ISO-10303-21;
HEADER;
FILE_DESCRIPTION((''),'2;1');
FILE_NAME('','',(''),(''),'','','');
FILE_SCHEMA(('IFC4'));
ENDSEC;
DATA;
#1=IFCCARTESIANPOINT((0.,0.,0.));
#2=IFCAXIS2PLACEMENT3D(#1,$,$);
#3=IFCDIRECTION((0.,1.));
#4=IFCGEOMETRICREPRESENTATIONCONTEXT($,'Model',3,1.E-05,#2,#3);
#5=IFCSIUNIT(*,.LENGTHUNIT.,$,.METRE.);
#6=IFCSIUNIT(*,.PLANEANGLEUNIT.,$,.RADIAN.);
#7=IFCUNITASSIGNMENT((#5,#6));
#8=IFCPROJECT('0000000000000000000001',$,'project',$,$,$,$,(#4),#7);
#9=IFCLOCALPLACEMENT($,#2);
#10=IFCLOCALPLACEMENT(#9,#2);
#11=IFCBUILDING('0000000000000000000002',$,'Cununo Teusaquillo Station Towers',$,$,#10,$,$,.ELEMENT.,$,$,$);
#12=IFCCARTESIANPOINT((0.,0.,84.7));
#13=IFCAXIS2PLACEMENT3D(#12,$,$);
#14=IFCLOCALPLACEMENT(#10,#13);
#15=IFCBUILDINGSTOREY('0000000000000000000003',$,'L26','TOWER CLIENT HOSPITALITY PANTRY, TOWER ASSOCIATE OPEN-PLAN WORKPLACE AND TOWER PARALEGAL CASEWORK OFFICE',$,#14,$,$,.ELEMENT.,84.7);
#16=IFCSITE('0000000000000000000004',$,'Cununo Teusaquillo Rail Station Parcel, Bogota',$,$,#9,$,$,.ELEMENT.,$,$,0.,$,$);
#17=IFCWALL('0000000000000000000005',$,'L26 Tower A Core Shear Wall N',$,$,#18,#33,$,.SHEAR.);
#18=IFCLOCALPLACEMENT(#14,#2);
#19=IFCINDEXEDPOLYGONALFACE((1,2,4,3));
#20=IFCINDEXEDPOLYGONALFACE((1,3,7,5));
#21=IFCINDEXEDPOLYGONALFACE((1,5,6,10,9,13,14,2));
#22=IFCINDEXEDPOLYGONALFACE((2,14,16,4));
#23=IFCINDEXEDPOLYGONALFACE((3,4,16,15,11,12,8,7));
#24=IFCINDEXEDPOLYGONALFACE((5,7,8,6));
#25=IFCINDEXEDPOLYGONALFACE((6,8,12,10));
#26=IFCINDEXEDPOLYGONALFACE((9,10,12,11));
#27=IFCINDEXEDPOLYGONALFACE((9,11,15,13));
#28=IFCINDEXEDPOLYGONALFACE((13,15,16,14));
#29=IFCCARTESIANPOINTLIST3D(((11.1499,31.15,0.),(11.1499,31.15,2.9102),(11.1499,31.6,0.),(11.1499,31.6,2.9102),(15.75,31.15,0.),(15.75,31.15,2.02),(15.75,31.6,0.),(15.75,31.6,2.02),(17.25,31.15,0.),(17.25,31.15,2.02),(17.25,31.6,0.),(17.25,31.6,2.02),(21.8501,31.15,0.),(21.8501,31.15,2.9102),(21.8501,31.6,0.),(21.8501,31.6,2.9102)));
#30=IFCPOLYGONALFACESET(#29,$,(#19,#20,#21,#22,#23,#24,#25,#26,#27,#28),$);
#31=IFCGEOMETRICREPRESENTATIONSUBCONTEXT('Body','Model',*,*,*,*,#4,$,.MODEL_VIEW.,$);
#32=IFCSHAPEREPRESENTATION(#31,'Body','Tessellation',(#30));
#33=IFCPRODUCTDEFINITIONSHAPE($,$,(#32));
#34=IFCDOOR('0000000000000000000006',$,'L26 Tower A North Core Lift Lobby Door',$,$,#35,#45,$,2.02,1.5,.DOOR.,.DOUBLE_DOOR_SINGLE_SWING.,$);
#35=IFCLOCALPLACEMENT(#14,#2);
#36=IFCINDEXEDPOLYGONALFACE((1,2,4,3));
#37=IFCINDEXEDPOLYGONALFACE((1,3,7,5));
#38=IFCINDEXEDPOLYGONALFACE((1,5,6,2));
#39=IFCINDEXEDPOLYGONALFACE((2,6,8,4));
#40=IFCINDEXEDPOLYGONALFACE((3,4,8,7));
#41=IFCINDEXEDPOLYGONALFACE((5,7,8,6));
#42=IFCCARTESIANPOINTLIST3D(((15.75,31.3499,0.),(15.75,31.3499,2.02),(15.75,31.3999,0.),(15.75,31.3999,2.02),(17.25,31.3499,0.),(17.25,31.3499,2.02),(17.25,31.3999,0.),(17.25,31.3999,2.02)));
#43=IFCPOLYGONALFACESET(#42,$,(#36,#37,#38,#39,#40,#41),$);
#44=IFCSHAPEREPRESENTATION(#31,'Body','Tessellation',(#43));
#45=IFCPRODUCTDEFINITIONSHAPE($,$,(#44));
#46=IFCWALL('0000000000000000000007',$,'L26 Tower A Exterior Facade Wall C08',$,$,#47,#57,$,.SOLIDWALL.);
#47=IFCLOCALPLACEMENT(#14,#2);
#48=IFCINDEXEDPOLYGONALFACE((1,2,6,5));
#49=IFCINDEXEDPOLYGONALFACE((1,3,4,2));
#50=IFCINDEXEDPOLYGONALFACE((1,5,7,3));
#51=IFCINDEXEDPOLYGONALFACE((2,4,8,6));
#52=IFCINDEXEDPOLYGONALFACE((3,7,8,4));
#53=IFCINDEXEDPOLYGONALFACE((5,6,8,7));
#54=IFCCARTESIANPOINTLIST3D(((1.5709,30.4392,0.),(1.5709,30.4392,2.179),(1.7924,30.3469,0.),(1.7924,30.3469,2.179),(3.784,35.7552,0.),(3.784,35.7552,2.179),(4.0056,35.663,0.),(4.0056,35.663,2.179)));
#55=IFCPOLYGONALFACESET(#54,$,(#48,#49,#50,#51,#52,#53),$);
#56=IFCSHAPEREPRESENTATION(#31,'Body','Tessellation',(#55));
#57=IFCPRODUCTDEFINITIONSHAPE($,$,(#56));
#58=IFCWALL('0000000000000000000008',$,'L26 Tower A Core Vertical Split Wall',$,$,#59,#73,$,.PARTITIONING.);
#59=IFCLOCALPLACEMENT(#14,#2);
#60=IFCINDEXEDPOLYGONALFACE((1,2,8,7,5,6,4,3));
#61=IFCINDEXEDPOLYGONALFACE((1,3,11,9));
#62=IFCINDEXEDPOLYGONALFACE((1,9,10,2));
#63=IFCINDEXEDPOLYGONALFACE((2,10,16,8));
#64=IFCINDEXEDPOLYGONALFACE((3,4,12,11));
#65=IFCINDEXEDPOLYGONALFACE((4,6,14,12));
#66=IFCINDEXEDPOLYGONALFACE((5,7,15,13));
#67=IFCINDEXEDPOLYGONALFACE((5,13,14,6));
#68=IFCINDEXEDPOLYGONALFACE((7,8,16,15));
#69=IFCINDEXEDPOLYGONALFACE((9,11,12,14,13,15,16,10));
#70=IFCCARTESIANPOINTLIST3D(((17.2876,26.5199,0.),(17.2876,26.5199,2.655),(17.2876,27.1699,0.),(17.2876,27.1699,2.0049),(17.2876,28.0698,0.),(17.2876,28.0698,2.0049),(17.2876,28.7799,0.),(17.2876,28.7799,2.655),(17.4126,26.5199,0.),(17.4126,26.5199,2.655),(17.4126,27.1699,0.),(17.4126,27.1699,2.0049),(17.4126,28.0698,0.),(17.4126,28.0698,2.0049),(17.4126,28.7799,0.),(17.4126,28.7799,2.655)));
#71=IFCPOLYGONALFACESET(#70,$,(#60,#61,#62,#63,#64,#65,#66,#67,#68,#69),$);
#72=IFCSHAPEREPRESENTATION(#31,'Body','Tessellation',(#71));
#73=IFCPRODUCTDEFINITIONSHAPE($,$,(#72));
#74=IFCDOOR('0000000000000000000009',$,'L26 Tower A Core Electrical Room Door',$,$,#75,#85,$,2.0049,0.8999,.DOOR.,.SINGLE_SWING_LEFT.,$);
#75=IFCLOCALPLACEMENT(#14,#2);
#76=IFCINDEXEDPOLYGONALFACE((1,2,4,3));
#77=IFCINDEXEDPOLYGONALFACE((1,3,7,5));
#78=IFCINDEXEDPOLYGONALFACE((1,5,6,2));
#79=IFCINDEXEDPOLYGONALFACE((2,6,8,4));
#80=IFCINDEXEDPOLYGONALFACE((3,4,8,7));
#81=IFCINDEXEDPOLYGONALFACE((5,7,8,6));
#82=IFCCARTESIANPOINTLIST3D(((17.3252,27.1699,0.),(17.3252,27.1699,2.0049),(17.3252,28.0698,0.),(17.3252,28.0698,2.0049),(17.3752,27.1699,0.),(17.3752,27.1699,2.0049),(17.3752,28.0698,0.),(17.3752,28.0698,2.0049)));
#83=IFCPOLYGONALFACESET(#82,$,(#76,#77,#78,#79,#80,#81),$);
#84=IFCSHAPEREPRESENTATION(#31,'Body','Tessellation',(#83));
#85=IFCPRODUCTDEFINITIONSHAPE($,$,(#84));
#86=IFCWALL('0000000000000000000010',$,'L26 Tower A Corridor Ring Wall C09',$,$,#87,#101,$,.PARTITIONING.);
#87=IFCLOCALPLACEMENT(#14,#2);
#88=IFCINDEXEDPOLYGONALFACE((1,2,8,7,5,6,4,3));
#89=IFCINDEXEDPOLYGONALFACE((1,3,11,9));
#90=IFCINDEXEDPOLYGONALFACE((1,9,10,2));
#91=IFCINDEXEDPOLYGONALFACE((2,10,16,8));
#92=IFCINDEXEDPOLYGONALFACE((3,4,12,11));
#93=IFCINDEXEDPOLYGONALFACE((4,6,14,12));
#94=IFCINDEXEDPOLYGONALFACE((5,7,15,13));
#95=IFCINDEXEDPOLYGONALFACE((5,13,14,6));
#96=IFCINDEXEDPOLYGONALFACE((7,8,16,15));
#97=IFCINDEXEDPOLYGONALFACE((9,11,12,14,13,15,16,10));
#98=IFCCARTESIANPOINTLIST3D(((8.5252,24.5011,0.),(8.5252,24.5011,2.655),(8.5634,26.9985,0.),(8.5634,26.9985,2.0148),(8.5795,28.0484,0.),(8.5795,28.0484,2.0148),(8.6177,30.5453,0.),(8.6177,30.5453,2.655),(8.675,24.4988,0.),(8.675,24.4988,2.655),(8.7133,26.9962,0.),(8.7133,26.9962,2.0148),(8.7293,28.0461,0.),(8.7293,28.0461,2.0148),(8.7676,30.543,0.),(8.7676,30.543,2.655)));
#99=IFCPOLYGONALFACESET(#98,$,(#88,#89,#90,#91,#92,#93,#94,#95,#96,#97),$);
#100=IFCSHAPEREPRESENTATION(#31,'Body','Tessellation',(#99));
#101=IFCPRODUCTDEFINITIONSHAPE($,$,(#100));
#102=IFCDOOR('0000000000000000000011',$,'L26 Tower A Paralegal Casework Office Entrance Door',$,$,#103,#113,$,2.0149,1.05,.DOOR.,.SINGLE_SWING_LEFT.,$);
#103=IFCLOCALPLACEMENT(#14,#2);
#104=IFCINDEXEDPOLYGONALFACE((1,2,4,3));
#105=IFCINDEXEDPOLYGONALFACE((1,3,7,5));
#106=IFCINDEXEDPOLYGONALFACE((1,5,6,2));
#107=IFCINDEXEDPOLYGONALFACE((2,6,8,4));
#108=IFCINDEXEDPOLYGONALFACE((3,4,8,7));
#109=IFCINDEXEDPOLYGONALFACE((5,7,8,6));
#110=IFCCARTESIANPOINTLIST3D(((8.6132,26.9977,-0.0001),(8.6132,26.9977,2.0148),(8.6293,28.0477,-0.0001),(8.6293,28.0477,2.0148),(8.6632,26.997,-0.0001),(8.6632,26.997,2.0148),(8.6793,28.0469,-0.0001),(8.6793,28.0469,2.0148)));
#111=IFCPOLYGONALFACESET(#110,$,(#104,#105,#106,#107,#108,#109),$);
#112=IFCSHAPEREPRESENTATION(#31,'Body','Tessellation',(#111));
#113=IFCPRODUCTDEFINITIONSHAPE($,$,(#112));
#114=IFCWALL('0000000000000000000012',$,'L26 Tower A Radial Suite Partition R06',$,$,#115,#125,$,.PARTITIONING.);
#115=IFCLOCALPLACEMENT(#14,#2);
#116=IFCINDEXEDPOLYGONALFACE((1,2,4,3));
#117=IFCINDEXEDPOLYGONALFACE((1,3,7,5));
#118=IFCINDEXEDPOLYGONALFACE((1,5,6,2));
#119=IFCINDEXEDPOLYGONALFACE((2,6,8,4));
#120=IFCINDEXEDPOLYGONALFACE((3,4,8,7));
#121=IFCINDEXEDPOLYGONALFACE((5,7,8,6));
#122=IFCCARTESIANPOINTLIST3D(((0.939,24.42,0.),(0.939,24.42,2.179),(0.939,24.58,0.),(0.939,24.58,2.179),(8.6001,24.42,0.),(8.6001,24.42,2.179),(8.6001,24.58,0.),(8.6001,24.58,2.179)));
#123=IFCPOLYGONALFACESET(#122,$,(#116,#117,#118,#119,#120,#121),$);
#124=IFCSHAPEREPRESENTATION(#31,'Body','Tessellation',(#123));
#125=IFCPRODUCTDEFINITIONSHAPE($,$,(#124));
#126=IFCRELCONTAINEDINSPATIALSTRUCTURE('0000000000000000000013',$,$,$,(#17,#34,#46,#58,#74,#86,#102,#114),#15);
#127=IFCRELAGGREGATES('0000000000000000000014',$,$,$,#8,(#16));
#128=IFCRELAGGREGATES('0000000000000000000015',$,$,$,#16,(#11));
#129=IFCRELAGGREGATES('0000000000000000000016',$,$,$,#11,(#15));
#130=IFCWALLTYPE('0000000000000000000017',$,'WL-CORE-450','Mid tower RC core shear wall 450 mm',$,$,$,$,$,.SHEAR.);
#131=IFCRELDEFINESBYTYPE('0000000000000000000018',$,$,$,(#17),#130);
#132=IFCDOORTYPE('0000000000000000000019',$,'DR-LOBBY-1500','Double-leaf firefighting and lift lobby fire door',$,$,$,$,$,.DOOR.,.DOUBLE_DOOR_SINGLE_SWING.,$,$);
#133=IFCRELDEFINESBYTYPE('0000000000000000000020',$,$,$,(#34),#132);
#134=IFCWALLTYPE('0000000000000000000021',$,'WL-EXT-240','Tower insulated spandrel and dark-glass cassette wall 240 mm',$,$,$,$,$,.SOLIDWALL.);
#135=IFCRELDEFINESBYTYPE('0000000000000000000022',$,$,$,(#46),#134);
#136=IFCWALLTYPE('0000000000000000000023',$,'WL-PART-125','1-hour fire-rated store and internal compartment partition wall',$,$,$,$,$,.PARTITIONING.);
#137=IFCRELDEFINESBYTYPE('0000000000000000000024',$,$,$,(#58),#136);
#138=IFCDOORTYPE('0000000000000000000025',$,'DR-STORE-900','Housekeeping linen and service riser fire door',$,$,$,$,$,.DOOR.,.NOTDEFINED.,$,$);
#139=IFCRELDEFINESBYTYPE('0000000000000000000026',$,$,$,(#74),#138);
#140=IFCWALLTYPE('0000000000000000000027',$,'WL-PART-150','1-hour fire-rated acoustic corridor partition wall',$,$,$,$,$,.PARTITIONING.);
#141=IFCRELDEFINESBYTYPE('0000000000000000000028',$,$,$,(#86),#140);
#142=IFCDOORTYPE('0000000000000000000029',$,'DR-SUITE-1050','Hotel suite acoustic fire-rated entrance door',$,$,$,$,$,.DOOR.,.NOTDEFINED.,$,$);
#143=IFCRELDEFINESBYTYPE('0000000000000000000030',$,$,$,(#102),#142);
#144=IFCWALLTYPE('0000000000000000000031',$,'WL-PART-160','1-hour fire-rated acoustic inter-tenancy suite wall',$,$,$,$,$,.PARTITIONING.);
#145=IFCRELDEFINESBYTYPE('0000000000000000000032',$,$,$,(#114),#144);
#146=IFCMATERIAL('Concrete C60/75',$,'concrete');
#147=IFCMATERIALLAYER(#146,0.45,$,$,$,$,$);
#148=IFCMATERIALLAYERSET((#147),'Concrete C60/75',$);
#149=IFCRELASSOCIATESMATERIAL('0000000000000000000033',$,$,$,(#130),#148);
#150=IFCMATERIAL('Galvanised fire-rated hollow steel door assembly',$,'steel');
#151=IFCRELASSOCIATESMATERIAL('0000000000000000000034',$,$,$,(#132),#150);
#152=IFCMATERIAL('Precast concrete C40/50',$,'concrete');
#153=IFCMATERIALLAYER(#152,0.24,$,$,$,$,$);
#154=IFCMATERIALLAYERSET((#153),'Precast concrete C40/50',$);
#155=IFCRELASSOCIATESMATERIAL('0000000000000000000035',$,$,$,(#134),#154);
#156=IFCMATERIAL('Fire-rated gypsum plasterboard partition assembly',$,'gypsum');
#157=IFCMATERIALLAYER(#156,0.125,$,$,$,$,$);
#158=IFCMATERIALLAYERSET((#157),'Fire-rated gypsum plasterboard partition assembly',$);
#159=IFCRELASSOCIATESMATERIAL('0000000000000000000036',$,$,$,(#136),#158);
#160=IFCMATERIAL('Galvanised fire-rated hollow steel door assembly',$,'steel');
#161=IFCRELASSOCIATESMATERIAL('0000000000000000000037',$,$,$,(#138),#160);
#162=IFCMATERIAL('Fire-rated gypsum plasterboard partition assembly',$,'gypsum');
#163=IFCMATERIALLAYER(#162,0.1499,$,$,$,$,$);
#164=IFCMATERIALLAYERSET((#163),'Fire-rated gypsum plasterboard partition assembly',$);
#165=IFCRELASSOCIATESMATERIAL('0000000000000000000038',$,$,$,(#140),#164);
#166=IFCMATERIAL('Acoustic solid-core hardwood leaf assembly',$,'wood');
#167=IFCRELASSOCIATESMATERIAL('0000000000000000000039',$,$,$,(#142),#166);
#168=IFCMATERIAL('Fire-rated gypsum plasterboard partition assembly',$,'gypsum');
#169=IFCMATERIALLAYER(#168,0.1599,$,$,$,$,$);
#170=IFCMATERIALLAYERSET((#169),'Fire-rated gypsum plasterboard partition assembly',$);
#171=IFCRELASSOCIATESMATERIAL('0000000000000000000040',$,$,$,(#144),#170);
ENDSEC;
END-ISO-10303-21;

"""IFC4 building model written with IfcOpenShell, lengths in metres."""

from ifc_helpers import new_model, si_unit, direction, frame, frame_2d, origin, place, context, subcontext, project, spatial, rectangle, extrude, source, transform, mapped, material, layer, layer_set, type_object, element, fill, save


model = new_model("IFC4")

# Units and contexts
model_context = context("Model", 3, precision=1e-05, world=origin(), true_north=direction((0.0, 1.0)))
body_context = subcontext(model_context, "Body", "Model", "MODEL_VIEW")
ifc_project = project(units=[si_unit("LENGTHUNIT", "METRE"), si_unit("PLANEANGLEUNIT", "RADIAN")], contexts=[model_context])

# Site, building, storey
site_placement = place(None, origin())
site = spatial("IfcSite", under=ifc_project, at=site_placement, Name="Cununo Teusaquillo Rail Station Parcel, Bogota", CompositionType="ELEMENT", RefElevation=0.0)
building_placement = place(site_placement, origin())
building = spatial("IfcBuilding", under=site, at=building_placement, Name="Cununo Teusaquillo Station Towers", CompositionType="ELEMENT")
storey_placement = place(building_placement, frame((0.0, 0.0, 84.7)))
storey = spatial("IfcBuildingStorey", under=building, at=storey_placement, Name="L26", Description="TOWER CLIENT HOSPITALITY PANTRY, TOWER ASSOCIATE OPEN-PLAN WORKPLACE AND TOWER PARALEGAL CASEWORK OFFICE", CompositionType="ELEMENT", Elevation=84.7)

# Wall, opening, door
ifc_material_1 = material(Name="Concrete C60/75", Category="concrete")
ifc_layer_1 = layer(ifc_material_1, 0.45)
ifc_layer_set_1 = layer_set([ifc_layer_1], Name="Concrete C60/75")
wall_type_1 = type_object("IfcWallType", Name="WL-CORE-450", Description="Mid tower RC core shear wall 450 mm", PredefinedType="SHEAR", material=ifc_layer_set_1)
wall_1_placement = place(storey_placement, frame((11.1499, 31.375, 0.0), z_axis=(0.0, 0.0, 1.0), x_axis=(1.0, 0.0, 0.0)))
wall_1 = element("IfcWall", 1, at=wall_1_placement, inside=storey, type_object=wall_type_1, Name="L26 Tower A Core Shear Wall N", PredefinedType="SHEAR", context=body_context, shape_type="SweptSolid", body=[
    extrude(rectangle(XDim=10.7002, YDim=0.45, at=frame_2d((5.3501, 0.0))), origin(), (0.0, 0.0, 1.0), 2.9102),
])
shared_shape_1 = source(origin(), body_context, "Body", "SweptSolid", [
    extrude(rectangle(XDim=1.5, YDim=2.02, at=frame_2d((0.75, 1.01))), frame((0.0, 0.2349, 0.0), z_axis=(0.0, -1.0, 0.0), x_axis=(1.0, 0.0, 0.0)), (0.0, 0.0, 1.0), 0.47),
])
opening_1_placement = place(wall_1_placement, frame((4.6001, 0.0, 0.0)))
opening_1 = element("IfcOpeningElement", 2, at=opening_1_placement, cuts=wall_1, PredefinedType="OPENING", context=body_context, shape_type="MappedRepresentation", body=[
    mapped(shared_shape_1, transform((0.0, 0.0, 0.0), x_axis=(1.0, 0.0, 0.0), y_axis=(0.0, 1.0, 0.0), z_axis=(0.0, 0.0, 1.0), scale=1.0)),
])
ifc_material_2 = material(Name="Galvanised fire-rated hollow steel door assembly", Category="steel")
door_type_1 = type_object("IfcDoorType", Name="DR-LOBBY-1500", Description="Double-leaf firefighting and lift lobby fire door", OperationType="DOUBLE_DOOR_SINGLE_SWING", PredefinedType="DOOR", material=ifc_material_2)
shared_shape_2 = source(origin(), body_context, "Body", "SweptSolid", [
    extrude(rectangle(XDim=1.5, YDim=2.02, at=frame_2d((0.75, 1.01))), frame((0.0, 0.0249, 0.0), z_axis=(0.0, -1.0, 0.0), x_axis=(1.0, 0.0, 0.0)), (0.0, 0.0, 1.0), 0.05),
])
door_1_placement = place(opening_1_placement, origin())
door_1 = element("IfcDoor", 3, at=door_1_placement, inside=storey, type_object=door_type_1, Name="L26 Tower A North Core Lift Lobby Door", OperationType="DOUBLE_DOOR_SINGLE_SWING", OverallHeight=2.02, OverallWidth=1.5, PredefinedType="DOOR", context=body_context, shape_type="MappedRepresentation", body=[
    mapped(shared_shape_2, transform((0.0, 0.0, 0.0), x_axis=(1.0, 0.0, 0.0), y_axis=(0.0, 1.0, 0.0), z_axis=(0.0, 0.0, 1.0), scale=1.0)),
])
fill(opening_1, door_1)

# Wall
ifc_material_3 = material(Name="Precast concrete C40/50", Category="concrete")
ifc_layer_2 = layer(ifc_material_3, 0.24)
ifc_layer_set_2 = layer_set([ifc_layer_2], Name="Precast concrete C40/50")
wall_type_2 = type_object("IfcWallType", Name="WL-EXT-240", Description="Tower insulated spandrel and dark-glass cassette wall 240 mm", PredefinedType="SOLIDWALL", material=ifc_layer_set_2)
wall_2_placement = place(storey_placement, frame((1.6816, 30.3931, 0.0), z_axis=(0.0, 0.0, 1.0), x_axis=(0.384344, 0.92319, 0.0)))
element("IfcWall", 4, at=wall_2_placement, inside=storey, type_object=wall_type_2, Name="L26 Tower A Exterior Facade Wall C08", PredefinedType="SOLIDWALL", context=body_context, shape_type="SweptSolid", body=[
    extrude(rectangle(XDim=5.7583, YDim=0.24, at=frame_2d((2.8792, 0.0))), origin(), (0.0, 0.0, 1.0), 2.179),
])

# Walls, openings, doors
ifc_material_4 = material(Name="Fire-rated gypsum plasterboard partition assembly", Category="gypsum")
ifc_layer_3 = layer(ifc_material_4, 0.125)
ifc_layer_set_3 = layer_set([ifc_layer_3], Name="Fire-rated gypsum plasterboard partition assembly")
wall_type_3 = type_object("IfcWallType", Name="WL-PART-125", Description="1-hour fire-rated store and internal compartment partition wall", PredefinedType="PARTITIONING", material=ifc_layer_set_3)
wall_3_placement = place(storey_placement, frame((17.3501, 26.52, 0.0), z_axis=(0.0, 0.0, 1.0), x_axis=(0.0, 1.0, 0.0)))
wall_3 = element("IfcWall", 5, at=wall_3_placement, inside=storey, type_object=wall_type_3, Name="L26 Tower A Core Vertical Split Wall", PredefinedType="PARTITIONING", context=body_context, shape_type="SweptSolid", body=[
    extrude(rectangle(XDim=2.26, YDim=0.125, at=frame_2d((1.1299, 0.0))), origin(), (0.0, 0.0, 1.0), 2.655),
])
shared_shape_3 = source(origin(), body_context, "Body", "SweptSolid", [
    extrude(rectangle(XDim=0.8999, YDim=2.0049, at=frame_2d((0.45, 1.0024))), frame((0.0, 0.0725, 0.0), z_axis=(0.0, -1.0, 0.0), x_axis=(1.0, 0.0, 0.0)), (0.0, 0.0, 1.0), 0.145),
])
opening_2_placement = place(wall_3_placement, frame((0.6499, 0.0, 0.0)))
opening_2 = element("IfcOpeningElement", 6, at=opening_2_placement, cuts=wall_3, PredefinedType="OPENING", context=body_context, shape_type="MappedRepresentation", body=[
    mapped(shared_shape_3, transform((0.0, 0.0, 0.0), x_axis=(1.0, 0.0, 0.0), y_axis=(0.0, 1.0, 0.0), z_axis=(0.0, 0.0, 1.0), scale=1.0)),
])
ifc_material_5 = material(Name="Galvanised fire-rated hollow steel door assembly", Category="steel")
door_type_2 = type_object("IfcDoorType", Name="DR-STORE-900", Description="Housekeeping linen and service riser fire door", OperationType="NOTDEFINED", PredefinedType="DOOR", material=ifc_material_5)
shared_shape_4 = source(origin(), body_context, "Body", "SweptSolid", [
    extrude(rectangle(XDim=0.8999, YDim=2.0049, at=frame_2d((0.45, 1.0024))), frame((0.0, 0.0249, 0.0), z_axis=(0.0, -1.0, 0.0), x_axis=(1.0, 0.0, 0.0)), (0.0, 0.0, 1.0), 0.05),
])
door_2_placement = place(opening_2_placement, origin())
door_2 = element("IfcDoor", 7, at=door_2_placement, inside=storey, type_object=door_type_2, Name="L26 Tower A Core Electrical Room Door", OperationType="SINGLE_SWING_LEFT", OverallHeight=2.0049, OverallWidth=0.8999, PredefinedType="DOOR", context=body_context, shape_type="MappedRepresentation", body=[
    mapped(shared_shape_4, transform((0.0, 0.0, 0.0), x_axis=(1.0, 0.0, 0.0), y_axis=(0.0, 1.0, 0.0), z_axis=(0.0, 0.0, 1.0), scale=1.0)),
])
fill(opening_2, door_2)
ifc_material_6 = material(Name="Fire-rated gypsum plasterboard partition assembly", Category="gypsum")
ifc_layer_4 = layer(ifc_material_6, 0.1499)
ifc_layer_set_4 = layer_set([ifc_layer_4], Name="Fire-rated gypsum plasterboard partition assembly")
wall_type_4 = type_object("IfcWallType", Name="WL-PART-150", Description="1-hour fire-rated acoustic corridor partition wall", PredefinedType="PARTITIONING", material=ifc_layer_set_4)
wall_4_placement = place(storey_placement, frame((8.6926, 30.5442, 0.0), z_axis=(0.0, 0.0, 1.0), x_axis=(-0.015307, -0.999883, 0.0)))
wall_4 = element("IfcWall", 8, at=wall_4_placement, inside=storey, type_object=wall_type_4, Name="L26 Tower A Corridor Ring Wall C09", PredefinedType="PARTITIONING", context=body_context, shape_type="SweptSolid", body=[
    extrude(rectangle(XDim=6.0449, YDim=0.1499, at=frame_2d((3.0225, 0.0))), origin(), (0.0, 0.0, 1.0), 2.655),
])
shared_shape_5 = source(origin(), body_context, "Body", "SweptSolid", [
    extrude(rectangle(XDim=1.05, YDim=2.0149, at=frame_2d((0.5249, 1.0073))), frame((0.0, 0.085, 0.0), z_axis=(0.0, -1.0, 0.0), x_axis=(1.0, 0.0, 0.0)), (0.0, 0.0, 1.0), 0.1699),
])
opening_3_placement = place(wall_4_placement, frame((2.4973, 0.0, 0.0)))
opening_3 = element("IfcOpeningElement", 9, at=opening_3_placement, cuts=wall_4, PredefinedType="OPENING", context=body_context, shape_type="MappedRepresentation", body=[
    mapped(shared_shape_5, transform((0.0, 0.0, 0.0), x_axis=(1.0, 0.0, 0.0), y_axis=(0.0, 1.0, 0.0), z_axis=(0.0, 0.0, 1.0), scale=1.0)),
])
ifc_material_7 = material(Name="Acoustic solid-core hardwood leaf assembly", Category="wood")
door_type_3 = type_object("IfcDoorType", Name="DR-SUITE-1050", Description="Hotel suite acoustic fire-rated entrance door", OperationType="NOTDEFINED", PredefinedType="DOOR", material=ifc_material_7)
shared_shape_6 = source(origin(), body_context, "Body", "SweptSolid", [
    extrude(rectangle(XDim=1.05, YDim=2.0149, at=frame_2d((0.5249, 1.0073))), frame((0.0, 0.0249, 0.0), z_axis=(0.0, -1.0, 0.0), x_axis=(1.0, 0.0, 0.0)), (0.0, 0.0, 1.0), 0.05),
])
door_3_placement = place(opening_3_placement, origin())
door_3 = element("IfcDoor", 10, at=door_3_placement, inside=storey, type_object=door_type_3, Name="L26 Tower A Paralegal Casework Office Entrance Door", OperationType="SINGLE_SWING_LEFT", OverallHeight=2.0149, OverallWidth=1.05, PredefinedType="DOOR", context=body_context, shape_type="MappedRepresentation", body=[
    mapped(shared_shape_6, transform((0.0, 0.0, 0.0), x_axis=(1.0, 0.0, 0.0), y_axis=(0.0, 1.0, 0.0), z_axis=(0.0, 0.0, 1.0), scale=1.0)),
])
fill(opening_3, door_3)

# Wall
ifc_material_8 = material(Name="Fire-rated gypsum plasterboard partition assembly", Category="gypsum")
ifc_layer_5 = layer(ifc_material_8, 0.1599)
ifc_layer_set_5 = layer_set([ifc_layer_5], Name="Fire-rated gypsum plasterboard partition assembly")
wall_type_5 = type_object("IfcWallType", Name="WL-PART-160", Description="1-hour fire-rated acoustic inter-tenancy suite wall", PredefinedType="PARTITIONING", material=ifc_layer_set_5)
wall_5_placement = place(storey_placement, frame((8.6001, 24.5, 0.0), z_axis=(0.0, 0.0, 1.0), x_axis=(-1.0, 0.0, 0.0)))
element("IfcWall", 11, at=wall_5_placement, inside=storey, type_object=wall_type_5, Name="L26 Tower A Radial Suite Partition R06", PredefinedType="PARTITIONING", context=body_context, shape_type="SweptSolid", body=[
    extrude(rectangle(XDim=7.6611, YDim=0.1599, at=frame_2d((3.8306, 0.0))), origin(), (0.0, 0.0, 1.0), 2.179),
])

save(model, "model.ifc")
